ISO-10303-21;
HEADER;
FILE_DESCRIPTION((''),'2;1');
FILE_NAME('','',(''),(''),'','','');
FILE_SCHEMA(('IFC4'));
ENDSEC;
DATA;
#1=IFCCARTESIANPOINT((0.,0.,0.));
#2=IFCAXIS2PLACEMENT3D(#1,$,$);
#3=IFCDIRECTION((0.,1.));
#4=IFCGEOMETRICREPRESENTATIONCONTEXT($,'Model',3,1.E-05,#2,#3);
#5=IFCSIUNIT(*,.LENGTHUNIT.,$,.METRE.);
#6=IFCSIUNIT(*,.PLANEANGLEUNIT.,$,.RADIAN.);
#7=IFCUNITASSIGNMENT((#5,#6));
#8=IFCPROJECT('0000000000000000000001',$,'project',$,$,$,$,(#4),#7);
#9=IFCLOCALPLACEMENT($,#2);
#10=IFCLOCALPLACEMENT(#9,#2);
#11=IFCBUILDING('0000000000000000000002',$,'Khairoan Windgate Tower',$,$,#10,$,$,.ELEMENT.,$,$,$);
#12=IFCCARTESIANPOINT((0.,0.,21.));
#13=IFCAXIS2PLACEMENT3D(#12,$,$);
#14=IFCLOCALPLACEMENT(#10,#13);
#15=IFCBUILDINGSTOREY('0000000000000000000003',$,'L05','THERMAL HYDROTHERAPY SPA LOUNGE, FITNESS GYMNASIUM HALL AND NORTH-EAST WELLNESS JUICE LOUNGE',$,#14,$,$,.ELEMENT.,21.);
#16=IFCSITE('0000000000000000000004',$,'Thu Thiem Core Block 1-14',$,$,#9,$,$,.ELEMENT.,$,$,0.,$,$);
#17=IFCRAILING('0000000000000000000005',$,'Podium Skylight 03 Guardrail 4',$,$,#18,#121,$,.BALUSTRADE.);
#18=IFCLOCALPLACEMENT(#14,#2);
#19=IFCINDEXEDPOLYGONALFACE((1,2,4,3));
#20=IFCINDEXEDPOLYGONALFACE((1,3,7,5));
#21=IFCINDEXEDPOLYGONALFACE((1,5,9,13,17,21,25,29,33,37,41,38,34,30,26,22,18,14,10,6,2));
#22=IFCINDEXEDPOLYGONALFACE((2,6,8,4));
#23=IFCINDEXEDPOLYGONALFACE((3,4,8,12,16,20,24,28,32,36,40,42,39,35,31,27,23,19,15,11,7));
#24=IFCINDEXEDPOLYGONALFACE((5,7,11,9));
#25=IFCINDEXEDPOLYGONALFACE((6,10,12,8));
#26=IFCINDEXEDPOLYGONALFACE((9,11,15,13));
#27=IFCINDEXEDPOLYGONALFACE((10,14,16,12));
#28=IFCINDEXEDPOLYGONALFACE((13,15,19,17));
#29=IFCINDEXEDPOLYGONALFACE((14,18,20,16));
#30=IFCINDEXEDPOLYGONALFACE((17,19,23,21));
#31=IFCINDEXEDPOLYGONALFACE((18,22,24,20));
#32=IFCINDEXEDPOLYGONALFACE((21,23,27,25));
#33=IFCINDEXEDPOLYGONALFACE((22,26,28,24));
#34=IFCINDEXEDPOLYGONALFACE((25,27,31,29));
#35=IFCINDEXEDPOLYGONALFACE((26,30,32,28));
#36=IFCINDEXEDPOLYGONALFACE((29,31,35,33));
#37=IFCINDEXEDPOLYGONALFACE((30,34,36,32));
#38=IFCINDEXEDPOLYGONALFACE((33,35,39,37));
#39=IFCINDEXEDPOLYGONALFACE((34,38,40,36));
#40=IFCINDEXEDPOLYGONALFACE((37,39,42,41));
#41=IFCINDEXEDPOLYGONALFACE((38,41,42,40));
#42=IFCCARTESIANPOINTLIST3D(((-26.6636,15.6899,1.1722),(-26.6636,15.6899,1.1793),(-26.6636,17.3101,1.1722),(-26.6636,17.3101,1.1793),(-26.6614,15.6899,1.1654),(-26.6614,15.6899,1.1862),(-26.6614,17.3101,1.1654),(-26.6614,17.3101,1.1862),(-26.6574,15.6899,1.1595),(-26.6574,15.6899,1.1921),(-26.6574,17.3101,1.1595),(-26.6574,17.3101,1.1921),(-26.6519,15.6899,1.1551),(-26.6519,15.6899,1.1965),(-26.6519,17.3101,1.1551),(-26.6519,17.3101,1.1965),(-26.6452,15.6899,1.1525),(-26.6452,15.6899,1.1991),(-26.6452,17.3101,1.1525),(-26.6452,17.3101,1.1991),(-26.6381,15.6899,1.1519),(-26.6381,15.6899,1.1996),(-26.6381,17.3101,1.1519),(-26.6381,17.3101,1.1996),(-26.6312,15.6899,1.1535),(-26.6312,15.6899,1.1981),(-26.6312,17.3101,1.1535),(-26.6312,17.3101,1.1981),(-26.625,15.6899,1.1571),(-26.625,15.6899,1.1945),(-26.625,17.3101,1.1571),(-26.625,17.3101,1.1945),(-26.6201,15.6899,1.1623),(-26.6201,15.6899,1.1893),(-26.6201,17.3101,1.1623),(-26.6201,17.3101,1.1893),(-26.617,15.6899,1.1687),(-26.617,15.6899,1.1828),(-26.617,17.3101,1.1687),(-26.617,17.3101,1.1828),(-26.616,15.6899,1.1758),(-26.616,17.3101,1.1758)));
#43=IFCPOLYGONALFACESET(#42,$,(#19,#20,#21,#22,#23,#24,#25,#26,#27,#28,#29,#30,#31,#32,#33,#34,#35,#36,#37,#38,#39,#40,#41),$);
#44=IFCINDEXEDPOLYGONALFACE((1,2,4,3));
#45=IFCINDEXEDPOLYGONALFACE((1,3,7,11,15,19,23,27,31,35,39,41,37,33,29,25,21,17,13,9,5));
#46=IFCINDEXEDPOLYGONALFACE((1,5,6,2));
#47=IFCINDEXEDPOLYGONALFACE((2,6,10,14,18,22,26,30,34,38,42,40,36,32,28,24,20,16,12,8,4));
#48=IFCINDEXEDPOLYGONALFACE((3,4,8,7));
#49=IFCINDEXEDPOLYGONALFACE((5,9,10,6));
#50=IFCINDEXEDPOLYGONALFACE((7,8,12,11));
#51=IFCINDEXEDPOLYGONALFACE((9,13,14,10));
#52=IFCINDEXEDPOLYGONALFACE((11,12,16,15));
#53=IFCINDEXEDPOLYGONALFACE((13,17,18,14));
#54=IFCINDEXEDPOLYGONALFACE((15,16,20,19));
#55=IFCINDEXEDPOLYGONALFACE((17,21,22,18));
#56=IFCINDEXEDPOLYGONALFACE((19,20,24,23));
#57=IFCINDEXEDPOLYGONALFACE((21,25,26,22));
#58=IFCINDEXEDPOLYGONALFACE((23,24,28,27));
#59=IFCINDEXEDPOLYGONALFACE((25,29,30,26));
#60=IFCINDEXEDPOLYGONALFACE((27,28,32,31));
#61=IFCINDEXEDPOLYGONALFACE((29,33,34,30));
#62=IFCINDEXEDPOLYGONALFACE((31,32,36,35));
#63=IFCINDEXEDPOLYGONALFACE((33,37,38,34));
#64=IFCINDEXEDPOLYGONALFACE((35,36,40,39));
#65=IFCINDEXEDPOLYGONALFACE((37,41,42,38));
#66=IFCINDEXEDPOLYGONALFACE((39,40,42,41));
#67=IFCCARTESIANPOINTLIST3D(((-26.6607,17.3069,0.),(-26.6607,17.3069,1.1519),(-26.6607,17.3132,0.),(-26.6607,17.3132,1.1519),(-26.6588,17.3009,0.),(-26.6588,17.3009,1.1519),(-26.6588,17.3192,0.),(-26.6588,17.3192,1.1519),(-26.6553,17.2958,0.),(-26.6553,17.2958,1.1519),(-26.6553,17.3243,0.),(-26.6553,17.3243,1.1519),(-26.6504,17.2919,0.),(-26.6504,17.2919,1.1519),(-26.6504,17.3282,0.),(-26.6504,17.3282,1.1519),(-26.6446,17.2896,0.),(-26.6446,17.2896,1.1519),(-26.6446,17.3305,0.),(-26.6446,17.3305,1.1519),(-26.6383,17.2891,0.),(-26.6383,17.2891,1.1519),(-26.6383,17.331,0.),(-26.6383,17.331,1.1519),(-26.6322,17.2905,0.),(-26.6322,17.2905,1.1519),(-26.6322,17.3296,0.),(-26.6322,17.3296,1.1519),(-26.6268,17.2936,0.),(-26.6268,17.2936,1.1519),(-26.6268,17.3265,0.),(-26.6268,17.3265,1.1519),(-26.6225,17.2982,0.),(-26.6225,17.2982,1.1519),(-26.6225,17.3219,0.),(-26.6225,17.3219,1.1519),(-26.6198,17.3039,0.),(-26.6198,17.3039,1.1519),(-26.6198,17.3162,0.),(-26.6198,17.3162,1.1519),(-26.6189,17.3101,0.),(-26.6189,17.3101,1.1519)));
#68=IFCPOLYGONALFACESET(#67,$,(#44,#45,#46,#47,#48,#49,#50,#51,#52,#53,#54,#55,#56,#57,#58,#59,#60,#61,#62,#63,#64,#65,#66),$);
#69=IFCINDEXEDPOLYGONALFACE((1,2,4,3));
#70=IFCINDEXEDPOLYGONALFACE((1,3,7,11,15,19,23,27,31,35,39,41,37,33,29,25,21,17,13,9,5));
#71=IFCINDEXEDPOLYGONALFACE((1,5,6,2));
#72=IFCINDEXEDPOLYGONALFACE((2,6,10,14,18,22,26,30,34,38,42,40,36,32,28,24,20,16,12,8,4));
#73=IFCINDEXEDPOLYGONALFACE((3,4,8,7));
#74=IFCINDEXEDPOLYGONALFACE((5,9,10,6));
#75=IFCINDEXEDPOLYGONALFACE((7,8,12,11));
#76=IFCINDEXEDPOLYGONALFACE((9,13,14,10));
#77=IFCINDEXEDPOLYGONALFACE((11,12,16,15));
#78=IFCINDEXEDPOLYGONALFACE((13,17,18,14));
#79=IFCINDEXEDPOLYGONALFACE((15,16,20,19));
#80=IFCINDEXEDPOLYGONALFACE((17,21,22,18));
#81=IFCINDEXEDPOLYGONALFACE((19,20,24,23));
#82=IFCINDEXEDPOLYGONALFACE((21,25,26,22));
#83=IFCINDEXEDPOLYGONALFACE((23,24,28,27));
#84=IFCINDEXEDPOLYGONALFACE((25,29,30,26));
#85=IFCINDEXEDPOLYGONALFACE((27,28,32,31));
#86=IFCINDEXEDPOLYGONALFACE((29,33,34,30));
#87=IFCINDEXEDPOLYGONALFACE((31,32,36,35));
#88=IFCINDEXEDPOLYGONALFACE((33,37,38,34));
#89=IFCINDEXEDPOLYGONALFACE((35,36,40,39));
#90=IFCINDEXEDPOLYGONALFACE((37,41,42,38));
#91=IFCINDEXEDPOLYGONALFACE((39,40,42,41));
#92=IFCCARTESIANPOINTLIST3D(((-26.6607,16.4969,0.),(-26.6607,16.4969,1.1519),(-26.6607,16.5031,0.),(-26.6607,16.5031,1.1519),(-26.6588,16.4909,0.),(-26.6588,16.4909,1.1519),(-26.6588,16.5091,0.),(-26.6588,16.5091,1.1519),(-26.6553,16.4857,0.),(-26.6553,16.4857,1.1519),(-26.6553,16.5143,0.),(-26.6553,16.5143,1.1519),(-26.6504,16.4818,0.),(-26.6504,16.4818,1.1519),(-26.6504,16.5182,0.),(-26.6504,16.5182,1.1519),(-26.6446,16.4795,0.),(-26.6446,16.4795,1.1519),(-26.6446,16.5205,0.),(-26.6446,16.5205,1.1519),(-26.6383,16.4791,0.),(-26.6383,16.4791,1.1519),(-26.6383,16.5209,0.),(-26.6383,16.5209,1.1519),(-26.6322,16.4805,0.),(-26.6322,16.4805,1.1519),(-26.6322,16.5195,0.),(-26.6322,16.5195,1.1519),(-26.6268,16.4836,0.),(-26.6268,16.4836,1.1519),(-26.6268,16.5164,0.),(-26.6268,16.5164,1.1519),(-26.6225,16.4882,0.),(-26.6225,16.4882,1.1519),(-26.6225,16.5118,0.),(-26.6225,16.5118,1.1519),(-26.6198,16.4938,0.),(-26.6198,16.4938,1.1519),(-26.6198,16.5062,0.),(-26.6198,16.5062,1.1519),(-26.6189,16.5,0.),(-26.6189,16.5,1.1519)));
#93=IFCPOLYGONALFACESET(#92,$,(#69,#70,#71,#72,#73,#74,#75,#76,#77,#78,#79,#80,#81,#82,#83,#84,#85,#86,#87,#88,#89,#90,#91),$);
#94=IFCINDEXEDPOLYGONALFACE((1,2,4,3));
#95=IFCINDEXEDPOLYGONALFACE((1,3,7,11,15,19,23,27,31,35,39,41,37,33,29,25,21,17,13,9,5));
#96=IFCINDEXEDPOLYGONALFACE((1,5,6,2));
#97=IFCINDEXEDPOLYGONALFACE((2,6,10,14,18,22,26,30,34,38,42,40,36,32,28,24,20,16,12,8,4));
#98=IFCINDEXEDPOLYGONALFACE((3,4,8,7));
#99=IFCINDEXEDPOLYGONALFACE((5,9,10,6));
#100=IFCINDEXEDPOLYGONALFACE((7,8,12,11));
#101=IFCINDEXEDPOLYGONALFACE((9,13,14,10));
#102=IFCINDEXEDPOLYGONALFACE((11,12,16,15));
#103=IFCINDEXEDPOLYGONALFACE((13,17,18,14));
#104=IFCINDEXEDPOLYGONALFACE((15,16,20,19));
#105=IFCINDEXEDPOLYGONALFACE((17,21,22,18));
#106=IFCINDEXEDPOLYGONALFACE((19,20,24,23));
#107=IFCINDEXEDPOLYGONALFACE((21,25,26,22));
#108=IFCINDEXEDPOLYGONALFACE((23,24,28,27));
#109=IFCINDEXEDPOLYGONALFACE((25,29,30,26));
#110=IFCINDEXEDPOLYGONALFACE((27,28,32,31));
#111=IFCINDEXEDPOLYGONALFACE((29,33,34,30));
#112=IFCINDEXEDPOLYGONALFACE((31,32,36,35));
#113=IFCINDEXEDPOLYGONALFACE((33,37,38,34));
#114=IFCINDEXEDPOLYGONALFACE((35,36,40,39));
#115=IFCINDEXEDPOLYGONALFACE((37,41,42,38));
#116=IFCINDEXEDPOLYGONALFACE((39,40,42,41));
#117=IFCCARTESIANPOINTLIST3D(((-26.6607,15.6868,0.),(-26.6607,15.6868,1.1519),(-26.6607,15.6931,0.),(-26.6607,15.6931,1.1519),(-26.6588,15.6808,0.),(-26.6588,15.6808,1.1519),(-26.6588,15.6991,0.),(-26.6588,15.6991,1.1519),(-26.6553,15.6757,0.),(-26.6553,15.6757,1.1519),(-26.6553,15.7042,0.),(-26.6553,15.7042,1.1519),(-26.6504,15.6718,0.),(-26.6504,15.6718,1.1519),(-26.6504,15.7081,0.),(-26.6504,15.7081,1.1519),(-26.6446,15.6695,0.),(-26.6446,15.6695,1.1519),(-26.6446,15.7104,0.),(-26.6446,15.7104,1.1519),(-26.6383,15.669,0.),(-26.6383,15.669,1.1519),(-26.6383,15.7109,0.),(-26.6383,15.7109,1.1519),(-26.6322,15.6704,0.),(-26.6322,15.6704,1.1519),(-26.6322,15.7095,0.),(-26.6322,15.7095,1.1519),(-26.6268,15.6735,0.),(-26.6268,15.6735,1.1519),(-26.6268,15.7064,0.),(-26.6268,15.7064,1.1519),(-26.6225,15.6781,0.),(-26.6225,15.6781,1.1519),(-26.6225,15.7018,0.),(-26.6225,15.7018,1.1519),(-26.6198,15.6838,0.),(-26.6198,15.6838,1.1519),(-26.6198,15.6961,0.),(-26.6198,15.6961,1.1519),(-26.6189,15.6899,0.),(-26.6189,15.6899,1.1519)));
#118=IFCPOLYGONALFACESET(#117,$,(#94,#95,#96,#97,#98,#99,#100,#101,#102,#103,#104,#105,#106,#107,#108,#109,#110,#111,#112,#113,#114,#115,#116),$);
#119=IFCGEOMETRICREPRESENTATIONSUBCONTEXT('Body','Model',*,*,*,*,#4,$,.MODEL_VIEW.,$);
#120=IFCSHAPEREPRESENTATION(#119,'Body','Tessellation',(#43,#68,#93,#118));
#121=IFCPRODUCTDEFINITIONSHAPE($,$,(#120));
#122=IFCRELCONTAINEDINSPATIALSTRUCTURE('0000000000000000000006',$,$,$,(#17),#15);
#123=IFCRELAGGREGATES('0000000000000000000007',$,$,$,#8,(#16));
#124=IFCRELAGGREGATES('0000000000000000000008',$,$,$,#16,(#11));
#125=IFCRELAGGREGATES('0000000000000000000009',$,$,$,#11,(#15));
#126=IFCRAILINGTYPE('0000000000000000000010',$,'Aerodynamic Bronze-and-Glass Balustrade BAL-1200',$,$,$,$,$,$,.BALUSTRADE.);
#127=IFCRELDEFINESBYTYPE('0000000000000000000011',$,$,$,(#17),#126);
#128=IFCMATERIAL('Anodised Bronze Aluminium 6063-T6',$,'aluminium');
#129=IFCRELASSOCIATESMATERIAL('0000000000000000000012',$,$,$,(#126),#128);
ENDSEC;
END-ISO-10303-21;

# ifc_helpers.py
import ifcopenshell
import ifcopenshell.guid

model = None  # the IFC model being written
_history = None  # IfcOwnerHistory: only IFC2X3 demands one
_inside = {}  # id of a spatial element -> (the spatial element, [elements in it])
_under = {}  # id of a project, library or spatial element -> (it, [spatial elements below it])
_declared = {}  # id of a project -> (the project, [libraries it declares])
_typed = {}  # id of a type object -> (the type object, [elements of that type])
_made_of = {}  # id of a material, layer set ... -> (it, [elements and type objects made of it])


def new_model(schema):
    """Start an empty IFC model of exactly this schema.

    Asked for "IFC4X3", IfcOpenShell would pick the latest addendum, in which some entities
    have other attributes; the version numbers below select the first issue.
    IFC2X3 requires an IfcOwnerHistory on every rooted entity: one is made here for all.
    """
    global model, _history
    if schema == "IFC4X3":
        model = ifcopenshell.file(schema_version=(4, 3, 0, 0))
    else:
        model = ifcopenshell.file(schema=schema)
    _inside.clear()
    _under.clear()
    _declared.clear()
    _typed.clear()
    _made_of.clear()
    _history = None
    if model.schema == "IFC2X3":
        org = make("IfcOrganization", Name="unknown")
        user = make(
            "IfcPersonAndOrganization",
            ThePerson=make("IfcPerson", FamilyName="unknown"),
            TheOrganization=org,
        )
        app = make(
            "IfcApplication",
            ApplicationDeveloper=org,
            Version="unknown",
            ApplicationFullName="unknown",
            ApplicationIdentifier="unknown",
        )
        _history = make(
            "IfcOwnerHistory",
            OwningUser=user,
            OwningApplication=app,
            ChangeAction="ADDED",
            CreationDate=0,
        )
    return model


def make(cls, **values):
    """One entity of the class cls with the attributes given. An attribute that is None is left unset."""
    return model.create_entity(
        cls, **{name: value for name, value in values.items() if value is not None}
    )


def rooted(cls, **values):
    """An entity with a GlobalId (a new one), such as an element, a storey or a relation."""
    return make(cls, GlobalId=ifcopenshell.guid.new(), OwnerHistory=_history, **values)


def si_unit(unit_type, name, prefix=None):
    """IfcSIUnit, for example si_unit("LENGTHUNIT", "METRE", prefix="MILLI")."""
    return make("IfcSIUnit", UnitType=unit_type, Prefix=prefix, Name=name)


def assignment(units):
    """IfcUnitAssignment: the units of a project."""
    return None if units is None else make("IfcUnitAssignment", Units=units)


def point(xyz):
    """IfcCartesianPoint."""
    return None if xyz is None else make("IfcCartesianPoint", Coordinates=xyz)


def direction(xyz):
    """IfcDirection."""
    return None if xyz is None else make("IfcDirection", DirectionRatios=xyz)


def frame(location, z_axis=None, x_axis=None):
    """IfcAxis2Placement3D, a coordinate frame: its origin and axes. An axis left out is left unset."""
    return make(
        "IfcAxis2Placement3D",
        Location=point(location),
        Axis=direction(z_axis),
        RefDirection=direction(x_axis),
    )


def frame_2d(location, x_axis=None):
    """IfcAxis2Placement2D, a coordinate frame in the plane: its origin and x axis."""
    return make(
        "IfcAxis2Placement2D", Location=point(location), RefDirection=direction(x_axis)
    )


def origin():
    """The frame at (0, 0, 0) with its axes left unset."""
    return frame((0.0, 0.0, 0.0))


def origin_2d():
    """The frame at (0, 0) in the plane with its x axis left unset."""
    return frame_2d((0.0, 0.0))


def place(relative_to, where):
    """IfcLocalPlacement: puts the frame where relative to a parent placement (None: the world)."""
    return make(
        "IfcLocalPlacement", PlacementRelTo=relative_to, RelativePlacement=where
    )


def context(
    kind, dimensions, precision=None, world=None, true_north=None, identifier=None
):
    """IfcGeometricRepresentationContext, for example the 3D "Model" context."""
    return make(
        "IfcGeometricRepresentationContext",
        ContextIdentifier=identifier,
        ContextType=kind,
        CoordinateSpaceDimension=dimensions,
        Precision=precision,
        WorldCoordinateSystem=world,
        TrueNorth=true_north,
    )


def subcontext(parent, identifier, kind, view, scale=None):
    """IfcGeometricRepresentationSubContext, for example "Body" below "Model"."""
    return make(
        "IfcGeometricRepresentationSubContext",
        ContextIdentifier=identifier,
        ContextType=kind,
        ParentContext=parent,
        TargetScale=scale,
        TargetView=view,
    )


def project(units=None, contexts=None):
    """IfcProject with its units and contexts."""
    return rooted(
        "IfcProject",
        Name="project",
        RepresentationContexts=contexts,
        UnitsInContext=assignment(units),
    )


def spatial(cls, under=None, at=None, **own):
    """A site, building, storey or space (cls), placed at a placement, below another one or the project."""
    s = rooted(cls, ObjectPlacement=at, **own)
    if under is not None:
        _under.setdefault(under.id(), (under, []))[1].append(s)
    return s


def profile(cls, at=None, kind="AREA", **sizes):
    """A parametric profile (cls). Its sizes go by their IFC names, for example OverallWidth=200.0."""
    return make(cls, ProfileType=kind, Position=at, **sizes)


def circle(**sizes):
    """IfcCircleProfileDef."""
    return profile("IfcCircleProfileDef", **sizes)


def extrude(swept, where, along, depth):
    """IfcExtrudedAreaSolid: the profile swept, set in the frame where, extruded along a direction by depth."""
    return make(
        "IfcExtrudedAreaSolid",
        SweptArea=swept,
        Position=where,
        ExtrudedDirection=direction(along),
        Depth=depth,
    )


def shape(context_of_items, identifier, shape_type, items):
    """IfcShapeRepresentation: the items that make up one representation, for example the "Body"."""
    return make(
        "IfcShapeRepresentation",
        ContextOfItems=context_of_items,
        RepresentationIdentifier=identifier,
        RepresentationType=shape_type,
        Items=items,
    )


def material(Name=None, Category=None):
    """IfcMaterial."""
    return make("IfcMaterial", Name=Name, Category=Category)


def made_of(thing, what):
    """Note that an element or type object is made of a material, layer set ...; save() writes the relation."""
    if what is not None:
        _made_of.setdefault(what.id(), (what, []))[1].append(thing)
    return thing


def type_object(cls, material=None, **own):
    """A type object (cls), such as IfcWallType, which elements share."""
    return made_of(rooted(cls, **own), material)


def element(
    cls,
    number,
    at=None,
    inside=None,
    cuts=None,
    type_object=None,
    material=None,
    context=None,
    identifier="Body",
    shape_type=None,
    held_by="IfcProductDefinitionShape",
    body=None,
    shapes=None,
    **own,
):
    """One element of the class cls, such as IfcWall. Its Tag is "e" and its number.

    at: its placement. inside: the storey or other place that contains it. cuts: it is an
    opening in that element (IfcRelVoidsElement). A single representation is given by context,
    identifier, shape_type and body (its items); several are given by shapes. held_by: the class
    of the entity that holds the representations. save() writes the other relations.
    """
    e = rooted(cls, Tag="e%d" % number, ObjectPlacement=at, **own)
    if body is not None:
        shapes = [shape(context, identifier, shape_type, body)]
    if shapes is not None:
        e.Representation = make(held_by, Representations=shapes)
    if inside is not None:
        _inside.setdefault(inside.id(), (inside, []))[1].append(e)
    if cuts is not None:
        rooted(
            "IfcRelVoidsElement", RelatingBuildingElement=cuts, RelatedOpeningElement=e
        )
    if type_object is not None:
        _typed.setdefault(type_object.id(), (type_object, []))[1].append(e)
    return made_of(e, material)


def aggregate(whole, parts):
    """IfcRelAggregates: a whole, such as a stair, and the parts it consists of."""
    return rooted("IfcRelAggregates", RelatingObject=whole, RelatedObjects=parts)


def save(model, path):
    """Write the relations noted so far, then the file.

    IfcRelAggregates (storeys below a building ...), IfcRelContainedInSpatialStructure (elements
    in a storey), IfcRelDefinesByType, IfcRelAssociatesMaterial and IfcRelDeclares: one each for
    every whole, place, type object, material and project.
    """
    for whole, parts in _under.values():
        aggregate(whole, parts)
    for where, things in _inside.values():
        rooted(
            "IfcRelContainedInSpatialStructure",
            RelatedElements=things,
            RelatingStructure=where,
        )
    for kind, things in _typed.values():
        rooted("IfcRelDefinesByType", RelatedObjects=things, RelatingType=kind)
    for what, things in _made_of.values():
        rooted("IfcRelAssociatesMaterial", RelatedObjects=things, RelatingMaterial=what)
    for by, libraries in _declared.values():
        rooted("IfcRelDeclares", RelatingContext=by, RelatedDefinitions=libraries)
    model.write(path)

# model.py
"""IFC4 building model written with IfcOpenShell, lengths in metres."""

from ifc_helpers import new_model, si_unit, direction, frame, origin, origin_2d, place, context, subcontext, project, spatial, circle, extrude, material, type_object, element, save


model = new_model("IFC4")

# Units and contexts
model_context = context("Model", 3, precision=1e-05, world=origin(), true_north=direction((0.0, 1.0)))
body_context = subcontext(model_context, "Body", "Model", "MODEL_VIEW")
ifc_project = project(units=[si_unit("LENGTHUNIT", "METRE"), si_unit("PLANEANGLEUNIT", "RADIAN")], contexts=[model_context])

# Site, building, storey
site_placement = place(None, origin())
site = spatial("IfcSite", under=ifc_project, at=site_placement, Name="Thu Thiem Core Block 1-14", CompositionType="ELEMENT", RefElevation=0.0)
building_placement = place(site_placement, origin())
building = spatial("IfcBuilding", under=site, at=building_placement, Name="Khairoan Windgate Tower", CompositionType="ELEMENT")
storey_placement = place(building_placement, frame((0.0, 0.0, 21.0)))
storey = spatial("IfcBuildingStorey", under=building, at=storey_placement, Name="L05", Description="THERMAL HYDROTHERAPY SPA LOUNGE, FITNESS GYMNASIUM HALL AND NORTH-EAST WELLNESS JUICE LOUNGE", CompositionType="ELEMENT", Elevation=21.0)

# Railing
ifc_material_1 = material(Name="Anodised Bronze Aluminium 6063-T6", Category="aluminium")
railing_type = type_object("IfcRailingType", Name="Aerodynamic Bronze-and-Glass Balustrade BAL-1200", PredefinedType="BALUSTRADE", material=ifc_material_1)
railing_1_placement = place(storey_placement, frame((-26.6399, 17.3101, 0.0)))
element("IfcRailing", 1, at=railing_1_placement, inside=storey, type_object=railing_type, Name="Podium Skylight 03 Guardrail 4", PredefinedType="BALUSTRADE", context=body_context, shape_type="SweptSolid", body=[
    extrude(circle(Radius=0.0239, at=origin_2d()), frame((0.0, 0.0, 1.1758), z_axis=(0.0, -1.0, 0.0), x_axis=(1.0, 0.0, 0.0)), (0.0, 0.0, 1.0), 1.6201),
    extrude(circle(Radius=0.021, at=origin_2d()), origin(), (0.0, 0.0, 1.0), 1.1519),
    extrude(circle(Radius=0.021, at=origin_2d()), frame((0.0, -0.8101, 0.0)), (0.0, 0.0, 1.0), 1.1519),
    extrude(circle(Radius=0.021, at=origin_2d()), frame((0.0, -1.6201, 0.0)), (0.0, 0.0, 1.0), 1.1519),
])

save(model, "model.ifc")
